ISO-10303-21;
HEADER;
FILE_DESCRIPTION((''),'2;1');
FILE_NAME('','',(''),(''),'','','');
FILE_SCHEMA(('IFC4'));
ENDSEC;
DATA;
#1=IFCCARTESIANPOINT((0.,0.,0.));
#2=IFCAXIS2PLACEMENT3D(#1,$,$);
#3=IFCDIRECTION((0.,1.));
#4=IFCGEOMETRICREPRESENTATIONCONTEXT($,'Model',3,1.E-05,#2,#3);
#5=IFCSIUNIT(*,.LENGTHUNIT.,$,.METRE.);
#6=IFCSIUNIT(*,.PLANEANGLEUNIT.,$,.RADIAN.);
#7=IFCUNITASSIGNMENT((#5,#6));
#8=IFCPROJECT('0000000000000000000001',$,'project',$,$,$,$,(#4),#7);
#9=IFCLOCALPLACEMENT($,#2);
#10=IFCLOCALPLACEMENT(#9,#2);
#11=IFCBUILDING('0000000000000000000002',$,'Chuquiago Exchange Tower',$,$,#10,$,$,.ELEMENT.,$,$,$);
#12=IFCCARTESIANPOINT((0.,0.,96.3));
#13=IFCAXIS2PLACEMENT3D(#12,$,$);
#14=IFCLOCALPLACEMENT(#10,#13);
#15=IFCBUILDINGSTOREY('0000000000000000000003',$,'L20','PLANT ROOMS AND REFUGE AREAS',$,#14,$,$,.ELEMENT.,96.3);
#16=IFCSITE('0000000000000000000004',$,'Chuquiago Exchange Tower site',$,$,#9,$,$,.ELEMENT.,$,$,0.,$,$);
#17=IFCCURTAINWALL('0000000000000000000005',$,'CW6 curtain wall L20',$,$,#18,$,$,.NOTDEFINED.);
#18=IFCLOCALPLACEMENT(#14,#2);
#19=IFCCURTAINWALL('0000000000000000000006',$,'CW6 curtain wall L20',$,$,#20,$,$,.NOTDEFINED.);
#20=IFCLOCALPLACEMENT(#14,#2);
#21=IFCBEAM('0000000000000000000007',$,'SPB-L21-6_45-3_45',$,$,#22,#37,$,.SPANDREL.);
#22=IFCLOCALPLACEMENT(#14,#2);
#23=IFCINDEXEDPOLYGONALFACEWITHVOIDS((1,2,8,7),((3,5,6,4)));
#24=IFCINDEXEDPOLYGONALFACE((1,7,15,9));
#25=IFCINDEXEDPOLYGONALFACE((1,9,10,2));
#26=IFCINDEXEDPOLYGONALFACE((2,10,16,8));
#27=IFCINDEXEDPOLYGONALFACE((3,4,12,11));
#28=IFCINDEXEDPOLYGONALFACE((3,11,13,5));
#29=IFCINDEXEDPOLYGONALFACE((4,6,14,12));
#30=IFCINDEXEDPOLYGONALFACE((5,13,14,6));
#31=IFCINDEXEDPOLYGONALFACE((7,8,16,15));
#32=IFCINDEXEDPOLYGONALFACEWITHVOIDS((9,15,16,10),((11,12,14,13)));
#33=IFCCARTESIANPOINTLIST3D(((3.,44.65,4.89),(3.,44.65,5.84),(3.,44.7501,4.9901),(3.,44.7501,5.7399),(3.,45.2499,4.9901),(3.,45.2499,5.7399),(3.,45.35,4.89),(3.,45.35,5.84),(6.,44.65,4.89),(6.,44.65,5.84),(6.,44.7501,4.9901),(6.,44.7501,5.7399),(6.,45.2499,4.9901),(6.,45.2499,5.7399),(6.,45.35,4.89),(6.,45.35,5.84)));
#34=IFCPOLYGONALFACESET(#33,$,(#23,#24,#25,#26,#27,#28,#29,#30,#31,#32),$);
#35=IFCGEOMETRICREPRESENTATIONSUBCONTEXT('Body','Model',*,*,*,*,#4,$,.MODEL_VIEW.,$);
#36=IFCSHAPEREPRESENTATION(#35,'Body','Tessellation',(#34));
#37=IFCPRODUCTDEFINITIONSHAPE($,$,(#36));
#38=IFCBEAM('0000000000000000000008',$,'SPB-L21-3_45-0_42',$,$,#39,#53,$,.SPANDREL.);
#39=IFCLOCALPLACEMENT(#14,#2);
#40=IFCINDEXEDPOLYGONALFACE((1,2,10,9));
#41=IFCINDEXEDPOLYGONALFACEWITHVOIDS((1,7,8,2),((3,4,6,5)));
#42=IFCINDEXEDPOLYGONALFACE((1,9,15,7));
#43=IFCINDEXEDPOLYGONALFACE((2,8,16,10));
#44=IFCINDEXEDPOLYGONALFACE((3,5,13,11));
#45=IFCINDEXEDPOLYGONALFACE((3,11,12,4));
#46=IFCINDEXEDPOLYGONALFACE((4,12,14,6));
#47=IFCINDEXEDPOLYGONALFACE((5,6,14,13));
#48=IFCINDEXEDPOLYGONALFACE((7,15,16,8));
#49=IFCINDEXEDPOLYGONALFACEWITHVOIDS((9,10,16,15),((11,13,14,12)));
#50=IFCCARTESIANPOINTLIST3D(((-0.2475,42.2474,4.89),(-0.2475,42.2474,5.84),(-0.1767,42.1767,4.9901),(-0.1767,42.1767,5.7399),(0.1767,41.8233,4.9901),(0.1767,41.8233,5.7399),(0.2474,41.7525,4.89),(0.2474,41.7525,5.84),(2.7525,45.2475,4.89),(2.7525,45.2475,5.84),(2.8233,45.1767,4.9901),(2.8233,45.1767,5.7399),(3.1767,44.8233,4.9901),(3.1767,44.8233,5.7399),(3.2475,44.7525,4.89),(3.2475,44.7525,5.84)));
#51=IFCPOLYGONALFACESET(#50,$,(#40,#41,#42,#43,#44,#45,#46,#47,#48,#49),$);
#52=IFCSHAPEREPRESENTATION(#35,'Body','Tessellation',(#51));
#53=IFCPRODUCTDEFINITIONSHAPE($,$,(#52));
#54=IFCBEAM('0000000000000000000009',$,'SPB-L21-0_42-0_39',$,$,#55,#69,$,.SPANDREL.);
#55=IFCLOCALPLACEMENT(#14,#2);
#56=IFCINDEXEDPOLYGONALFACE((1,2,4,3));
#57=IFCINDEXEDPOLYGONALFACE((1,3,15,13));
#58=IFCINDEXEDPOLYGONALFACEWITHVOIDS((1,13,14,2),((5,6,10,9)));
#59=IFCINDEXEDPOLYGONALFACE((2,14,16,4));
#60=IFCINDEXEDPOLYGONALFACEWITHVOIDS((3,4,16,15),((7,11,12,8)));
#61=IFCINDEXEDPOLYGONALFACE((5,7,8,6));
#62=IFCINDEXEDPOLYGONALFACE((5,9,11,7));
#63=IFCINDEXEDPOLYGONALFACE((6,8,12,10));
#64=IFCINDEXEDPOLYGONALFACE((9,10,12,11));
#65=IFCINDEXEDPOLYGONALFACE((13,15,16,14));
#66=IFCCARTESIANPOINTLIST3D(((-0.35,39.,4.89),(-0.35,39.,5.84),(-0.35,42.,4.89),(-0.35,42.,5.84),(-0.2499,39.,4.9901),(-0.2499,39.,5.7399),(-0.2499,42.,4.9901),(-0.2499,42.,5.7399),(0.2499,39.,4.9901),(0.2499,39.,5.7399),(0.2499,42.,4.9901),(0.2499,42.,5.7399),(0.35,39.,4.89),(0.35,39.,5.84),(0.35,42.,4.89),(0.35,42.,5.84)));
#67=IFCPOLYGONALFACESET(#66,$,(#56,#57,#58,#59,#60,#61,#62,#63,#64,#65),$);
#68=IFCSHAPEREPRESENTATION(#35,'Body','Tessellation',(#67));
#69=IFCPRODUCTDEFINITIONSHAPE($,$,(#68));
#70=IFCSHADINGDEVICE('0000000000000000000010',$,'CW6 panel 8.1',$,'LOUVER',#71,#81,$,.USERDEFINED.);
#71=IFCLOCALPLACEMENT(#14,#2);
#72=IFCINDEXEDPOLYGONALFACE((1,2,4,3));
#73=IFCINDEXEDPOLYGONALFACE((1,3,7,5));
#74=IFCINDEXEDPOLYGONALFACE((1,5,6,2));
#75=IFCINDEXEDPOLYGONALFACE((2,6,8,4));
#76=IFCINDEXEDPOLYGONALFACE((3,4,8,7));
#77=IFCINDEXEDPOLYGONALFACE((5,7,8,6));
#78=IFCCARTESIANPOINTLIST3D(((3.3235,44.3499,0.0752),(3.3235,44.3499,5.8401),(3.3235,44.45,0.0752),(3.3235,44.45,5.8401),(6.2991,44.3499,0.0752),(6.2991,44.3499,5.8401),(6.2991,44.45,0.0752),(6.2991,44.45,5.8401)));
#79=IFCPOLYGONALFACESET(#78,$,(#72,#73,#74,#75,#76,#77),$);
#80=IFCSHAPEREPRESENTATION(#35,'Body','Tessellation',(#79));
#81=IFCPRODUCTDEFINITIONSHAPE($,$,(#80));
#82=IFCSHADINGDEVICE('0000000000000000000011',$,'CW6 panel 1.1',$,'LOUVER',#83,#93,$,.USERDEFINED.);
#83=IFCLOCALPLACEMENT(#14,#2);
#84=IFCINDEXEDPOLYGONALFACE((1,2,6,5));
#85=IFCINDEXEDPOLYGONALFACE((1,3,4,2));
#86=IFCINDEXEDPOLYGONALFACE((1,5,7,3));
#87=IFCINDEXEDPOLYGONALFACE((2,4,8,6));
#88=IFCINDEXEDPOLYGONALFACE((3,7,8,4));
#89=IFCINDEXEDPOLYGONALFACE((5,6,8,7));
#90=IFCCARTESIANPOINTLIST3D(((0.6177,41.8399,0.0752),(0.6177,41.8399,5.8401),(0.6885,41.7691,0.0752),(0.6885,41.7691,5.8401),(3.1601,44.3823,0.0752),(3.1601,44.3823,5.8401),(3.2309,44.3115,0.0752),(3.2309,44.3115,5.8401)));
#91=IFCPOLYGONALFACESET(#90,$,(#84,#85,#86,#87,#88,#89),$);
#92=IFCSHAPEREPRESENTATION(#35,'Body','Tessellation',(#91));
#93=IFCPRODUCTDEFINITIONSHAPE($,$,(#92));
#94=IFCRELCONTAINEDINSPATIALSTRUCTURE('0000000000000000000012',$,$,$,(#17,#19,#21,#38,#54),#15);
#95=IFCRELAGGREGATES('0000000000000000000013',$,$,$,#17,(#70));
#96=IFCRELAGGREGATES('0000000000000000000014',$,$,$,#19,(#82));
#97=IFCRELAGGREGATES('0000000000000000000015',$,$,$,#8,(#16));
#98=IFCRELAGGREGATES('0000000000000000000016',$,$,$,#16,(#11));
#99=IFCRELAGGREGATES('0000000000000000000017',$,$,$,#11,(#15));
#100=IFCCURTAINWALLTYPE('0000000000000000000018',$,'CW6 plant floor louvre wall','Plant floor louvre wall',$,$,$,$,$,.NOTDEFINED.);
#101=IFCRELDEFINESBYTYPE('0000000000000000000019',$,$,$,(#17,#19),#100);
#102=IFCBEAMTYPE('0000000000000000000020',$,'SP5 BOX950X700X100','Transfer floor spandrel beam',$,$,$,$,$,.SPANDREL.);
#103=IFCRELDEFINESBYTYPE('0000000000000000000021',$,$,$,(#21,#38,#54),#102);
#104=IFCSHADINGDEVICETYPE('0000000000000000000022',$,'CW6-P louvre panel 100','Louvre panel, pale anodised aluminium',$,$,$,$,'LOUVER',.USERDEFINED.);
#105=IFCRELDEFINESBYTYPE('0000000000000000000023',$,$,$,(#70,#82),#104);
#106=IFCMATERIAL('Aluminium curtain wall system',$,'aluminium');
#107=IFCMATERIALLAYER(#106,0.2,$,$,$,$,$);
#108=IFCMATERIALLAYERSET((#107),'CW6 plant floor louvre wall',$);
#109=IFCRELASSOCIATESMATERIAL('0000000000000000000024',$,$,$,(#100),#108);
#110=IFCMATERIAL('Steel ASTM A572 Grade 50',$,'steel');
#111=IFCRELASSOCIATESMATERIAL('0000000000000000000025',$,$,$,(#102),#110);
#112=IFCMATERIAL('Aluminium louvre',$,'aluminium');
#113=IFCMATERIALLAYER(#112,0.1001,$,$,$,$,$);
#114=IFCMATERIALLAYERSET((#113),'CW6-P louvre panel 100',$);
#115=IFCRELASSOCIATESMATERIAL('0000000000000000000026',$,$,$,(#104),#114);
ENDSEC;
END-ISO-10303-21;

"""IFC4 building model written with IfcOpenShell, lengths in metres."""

from ifc_helpers import new_model, si_unit, direction, frame, origin, origin_2d, place, context, subcontext, project, spatial, rectangle, hollow_rectangle, extrude, material, layer, layer_set, material_profile, profile_set, type_object, element, aggregate, save


model = new_model("IFC4")

# Units and contexts
model_context = context("Model", 3, precision=1e-05, world=origin(), true_north=direction((0.0, 1.0)))
body_context = subcontext(model_context, "Body", "Model", "MODEL_VIEW")
ifc_project = project(units=[si_unit("LENGTHUNIT", "METRE"), si_unit("PLANEANGLEUNIT", "RADIAN")], contexts=[model_context])

# Site, building, storey
site_placement = place(None, origin())
site = spatial("IfcSite", under=ifc_project, at=site_placement, Name="Chuquiago Exchange Tower site", CompositionType="ELEMENT", RefElevation=0.0)
building_placement = place(site_placement, origin())
building = spatial("IfcBuilding", under=site, at=building_placement, Name="Chuquiago Exchange Tower", CompositionType="ELEMENT")
storey_placement = place(building_placement, frame((0.0, 0.0, 96.3)))
storey = spatial("IfcBuildingStorey", under=building, at=storey_placement, Name="L20", Description="PLANT ROOMS AND REFUGE AREAS", CompositionType="ELEMENT", Elevation=96.3)

# Curtain wall
ifc_material_1 = material(Name="Aluminium curtain wall system", Category="aluminium")
ifc_layer_1 = layer(ifc_material_1, 0.2)
ifc_layer_set_1 = layer_set([ifc_layer_1], Name="CW6 plant floor louvre wall")
curtain_wall_type = type_object("IfcCurtainWallType", Name="CW6 plant floor louvre wall", Description="Plant floor louvre wall", PredefinedType="NOTDEFINED", material=ifc_layer_set_1)
curtain_wall_1_placement = place(storey_placement, origin())
curtain_wall_1 = element("IfcCurtainWall", 1, at=curtain_wall_1_placement, inside=storey, type_object=curtain_wall_type, Name="CW6 curtain wall L20", PredefinedType="NOTDEFINED")

# Curtain wall
curtain_wall_2_placement = place(storey_placement, origin())
curtain_wall_2 = element("IfcCurtainWall", 2, at=curtain_wall_2_placement, inside=storey, type_object=curtain_wall_type, Name="CW6 curtain wall L20", PredefinedType="NOTDEFINED")

# Beams
ifc_material_2 = material(Name="Steel ASTM A572 Grade 50", Category="steel")
ifc_material_profile_1 = material_profile(ifc_material_2, hollow_rectangle(XDim=0.7, YDim=0.95, WallThickness=0.1001, at=origin_2d()), Name="BOX950X700X100")
ifc_profile_set_1 = profile_set([ifc_material_profile_1], Name="Steel ASTM A572 Grade 50")
beam_type = type_object("IfcBeamType", Name="SP5 BOX950X700X100", Description="Transfer floor spandrel beam", PredefinedType="SPANDREL", material=ifc_profile_set_1)
beam_1_placement = place(storey_placement, frame((6.0, 45.0, 5.365), z_axis=(-1.0, 0.0, 0.0), x_axis=(0.0, -1.0, 0.0)))
element("IfcBeam", 3, at=beam_1_placement, inside=storey, type_object=beam_type, Name="SPB-L21-6_45-3_45", PredefinedType="SPANDREL", context=body_context, shape_type="SweptSolid", body=[
    extrude(hollow_rectangle(XDim=0.7, YDim=0.95, WallThickness=0.1001, at=origin_2d()), origin(), (0.0, 0.0, 1.0), 3.0),
])
beam_2_placement = place(storey_placement, frame((3.0, 45.0, 5.365), z_axis=(-0.707107, -0.707107, 0.0), x_axis=(0.707107, -0.707107, 0.0)))
element("IfcBeam", 4, at=beam_2_placement, inside=storey, type_object=beam_type, Name="SPB-L21-3_45-0_42", PredefinedType="SPANDREL", context=body_context, shape_type="SweptSolid", body=[
    extrude(hollow_rectangle(XDim=0.7, YDim=0.95, WallThickness=0.1001, at=origin_2d()), origin(), (0.0, 0.0, 1.0), 4.2427),
])
beam_3_placement = place(storey_placement, frame((0.0, 42.0, 5.365), z_axis=(0.0, -1.0, 0.0), x_axis=(1.0, 0.0, 0.0)))
element("IfcBeam", 5, at=beam_3_placement, inside=storey, type_object=beam_type, Name="SPB-L21-0_42-0_39", PredefinedType="SPANDREL", context=body_context, shape_type="SweptSolid", body=[
    extrude(hollow_rectangle(XDim=0.7, YDim=0.95, WallThickness=0.1001, at=origin_2d()), origin(), (0.0, 0.0, 1.0), 3.0),
])

# Shading devices
ifc_material_3 = material(Name="Aluminium louvre", Category="aluminium")
ifc_layer_2 = layer(ifc_material_3, 0.1001)
ifc_layer_set_2 = layer_set([ifc_layer_2], Name="CW6-P louvre panel 100")
shading_device_type = type_object("IfcShadingDeviceType", Name="CW6-P louvre panel 100", Description="Louvre panel, pale anodised aluminium", ElementType="LOUVER", PredefinedType="USERDEFINED", material=ifc_layer_set_2)
shading_device_1_placement = place(storey_placement, frame((4.8113, 44.3999, 0.0752), z_axis=(0.0, 0.0, 1.0), x_axis=(-1.0, 0.0, 0.0)))
shading_device_1 = element("IfcShadingDevice", 6, at=shading_device_1_placement, type_object=shading_device_type, Name="CW6 panel 8.1", ObjectType="LOUVER", PredefinedType="USERDEFINED", context=body_context, shape_type="SweptSolid", body=[
    extrude(rectangle(XDim=2.9756, YDim=0.1001, at=origin_2d()), origin(), (0.0, 0.0, 1.0), 5.7649),
])
aggregate(curtain_wall_1, [shading_device_1])
shading_device_2_placement = place(storey_placement, frame((1.9243, 43.0757, 0.0752), z_axis=(0.0, 0.0, 1.0), x_axis=(-0.707107, -0.707107, 0.0)))
shading_device_2 = element("IfcShadingDevice", 7, at=shading_device_2_placement, type_object=shading_device_type, Name="CW6 panel 1.1", ObjectType="LOUVER", PredefinedType="USERDEFINED", context=body_context, shape_type="SweptSolid", body=[
    extrude(rectangle(XDim=3.5955, YDim=0.1001, at=origin_2d()), origin(), (0.0, 0.0, 1.0), 5.7649),
])
aggregate(curtain_wall_2, [shading_device_2])

save(model, "model.ifc")
